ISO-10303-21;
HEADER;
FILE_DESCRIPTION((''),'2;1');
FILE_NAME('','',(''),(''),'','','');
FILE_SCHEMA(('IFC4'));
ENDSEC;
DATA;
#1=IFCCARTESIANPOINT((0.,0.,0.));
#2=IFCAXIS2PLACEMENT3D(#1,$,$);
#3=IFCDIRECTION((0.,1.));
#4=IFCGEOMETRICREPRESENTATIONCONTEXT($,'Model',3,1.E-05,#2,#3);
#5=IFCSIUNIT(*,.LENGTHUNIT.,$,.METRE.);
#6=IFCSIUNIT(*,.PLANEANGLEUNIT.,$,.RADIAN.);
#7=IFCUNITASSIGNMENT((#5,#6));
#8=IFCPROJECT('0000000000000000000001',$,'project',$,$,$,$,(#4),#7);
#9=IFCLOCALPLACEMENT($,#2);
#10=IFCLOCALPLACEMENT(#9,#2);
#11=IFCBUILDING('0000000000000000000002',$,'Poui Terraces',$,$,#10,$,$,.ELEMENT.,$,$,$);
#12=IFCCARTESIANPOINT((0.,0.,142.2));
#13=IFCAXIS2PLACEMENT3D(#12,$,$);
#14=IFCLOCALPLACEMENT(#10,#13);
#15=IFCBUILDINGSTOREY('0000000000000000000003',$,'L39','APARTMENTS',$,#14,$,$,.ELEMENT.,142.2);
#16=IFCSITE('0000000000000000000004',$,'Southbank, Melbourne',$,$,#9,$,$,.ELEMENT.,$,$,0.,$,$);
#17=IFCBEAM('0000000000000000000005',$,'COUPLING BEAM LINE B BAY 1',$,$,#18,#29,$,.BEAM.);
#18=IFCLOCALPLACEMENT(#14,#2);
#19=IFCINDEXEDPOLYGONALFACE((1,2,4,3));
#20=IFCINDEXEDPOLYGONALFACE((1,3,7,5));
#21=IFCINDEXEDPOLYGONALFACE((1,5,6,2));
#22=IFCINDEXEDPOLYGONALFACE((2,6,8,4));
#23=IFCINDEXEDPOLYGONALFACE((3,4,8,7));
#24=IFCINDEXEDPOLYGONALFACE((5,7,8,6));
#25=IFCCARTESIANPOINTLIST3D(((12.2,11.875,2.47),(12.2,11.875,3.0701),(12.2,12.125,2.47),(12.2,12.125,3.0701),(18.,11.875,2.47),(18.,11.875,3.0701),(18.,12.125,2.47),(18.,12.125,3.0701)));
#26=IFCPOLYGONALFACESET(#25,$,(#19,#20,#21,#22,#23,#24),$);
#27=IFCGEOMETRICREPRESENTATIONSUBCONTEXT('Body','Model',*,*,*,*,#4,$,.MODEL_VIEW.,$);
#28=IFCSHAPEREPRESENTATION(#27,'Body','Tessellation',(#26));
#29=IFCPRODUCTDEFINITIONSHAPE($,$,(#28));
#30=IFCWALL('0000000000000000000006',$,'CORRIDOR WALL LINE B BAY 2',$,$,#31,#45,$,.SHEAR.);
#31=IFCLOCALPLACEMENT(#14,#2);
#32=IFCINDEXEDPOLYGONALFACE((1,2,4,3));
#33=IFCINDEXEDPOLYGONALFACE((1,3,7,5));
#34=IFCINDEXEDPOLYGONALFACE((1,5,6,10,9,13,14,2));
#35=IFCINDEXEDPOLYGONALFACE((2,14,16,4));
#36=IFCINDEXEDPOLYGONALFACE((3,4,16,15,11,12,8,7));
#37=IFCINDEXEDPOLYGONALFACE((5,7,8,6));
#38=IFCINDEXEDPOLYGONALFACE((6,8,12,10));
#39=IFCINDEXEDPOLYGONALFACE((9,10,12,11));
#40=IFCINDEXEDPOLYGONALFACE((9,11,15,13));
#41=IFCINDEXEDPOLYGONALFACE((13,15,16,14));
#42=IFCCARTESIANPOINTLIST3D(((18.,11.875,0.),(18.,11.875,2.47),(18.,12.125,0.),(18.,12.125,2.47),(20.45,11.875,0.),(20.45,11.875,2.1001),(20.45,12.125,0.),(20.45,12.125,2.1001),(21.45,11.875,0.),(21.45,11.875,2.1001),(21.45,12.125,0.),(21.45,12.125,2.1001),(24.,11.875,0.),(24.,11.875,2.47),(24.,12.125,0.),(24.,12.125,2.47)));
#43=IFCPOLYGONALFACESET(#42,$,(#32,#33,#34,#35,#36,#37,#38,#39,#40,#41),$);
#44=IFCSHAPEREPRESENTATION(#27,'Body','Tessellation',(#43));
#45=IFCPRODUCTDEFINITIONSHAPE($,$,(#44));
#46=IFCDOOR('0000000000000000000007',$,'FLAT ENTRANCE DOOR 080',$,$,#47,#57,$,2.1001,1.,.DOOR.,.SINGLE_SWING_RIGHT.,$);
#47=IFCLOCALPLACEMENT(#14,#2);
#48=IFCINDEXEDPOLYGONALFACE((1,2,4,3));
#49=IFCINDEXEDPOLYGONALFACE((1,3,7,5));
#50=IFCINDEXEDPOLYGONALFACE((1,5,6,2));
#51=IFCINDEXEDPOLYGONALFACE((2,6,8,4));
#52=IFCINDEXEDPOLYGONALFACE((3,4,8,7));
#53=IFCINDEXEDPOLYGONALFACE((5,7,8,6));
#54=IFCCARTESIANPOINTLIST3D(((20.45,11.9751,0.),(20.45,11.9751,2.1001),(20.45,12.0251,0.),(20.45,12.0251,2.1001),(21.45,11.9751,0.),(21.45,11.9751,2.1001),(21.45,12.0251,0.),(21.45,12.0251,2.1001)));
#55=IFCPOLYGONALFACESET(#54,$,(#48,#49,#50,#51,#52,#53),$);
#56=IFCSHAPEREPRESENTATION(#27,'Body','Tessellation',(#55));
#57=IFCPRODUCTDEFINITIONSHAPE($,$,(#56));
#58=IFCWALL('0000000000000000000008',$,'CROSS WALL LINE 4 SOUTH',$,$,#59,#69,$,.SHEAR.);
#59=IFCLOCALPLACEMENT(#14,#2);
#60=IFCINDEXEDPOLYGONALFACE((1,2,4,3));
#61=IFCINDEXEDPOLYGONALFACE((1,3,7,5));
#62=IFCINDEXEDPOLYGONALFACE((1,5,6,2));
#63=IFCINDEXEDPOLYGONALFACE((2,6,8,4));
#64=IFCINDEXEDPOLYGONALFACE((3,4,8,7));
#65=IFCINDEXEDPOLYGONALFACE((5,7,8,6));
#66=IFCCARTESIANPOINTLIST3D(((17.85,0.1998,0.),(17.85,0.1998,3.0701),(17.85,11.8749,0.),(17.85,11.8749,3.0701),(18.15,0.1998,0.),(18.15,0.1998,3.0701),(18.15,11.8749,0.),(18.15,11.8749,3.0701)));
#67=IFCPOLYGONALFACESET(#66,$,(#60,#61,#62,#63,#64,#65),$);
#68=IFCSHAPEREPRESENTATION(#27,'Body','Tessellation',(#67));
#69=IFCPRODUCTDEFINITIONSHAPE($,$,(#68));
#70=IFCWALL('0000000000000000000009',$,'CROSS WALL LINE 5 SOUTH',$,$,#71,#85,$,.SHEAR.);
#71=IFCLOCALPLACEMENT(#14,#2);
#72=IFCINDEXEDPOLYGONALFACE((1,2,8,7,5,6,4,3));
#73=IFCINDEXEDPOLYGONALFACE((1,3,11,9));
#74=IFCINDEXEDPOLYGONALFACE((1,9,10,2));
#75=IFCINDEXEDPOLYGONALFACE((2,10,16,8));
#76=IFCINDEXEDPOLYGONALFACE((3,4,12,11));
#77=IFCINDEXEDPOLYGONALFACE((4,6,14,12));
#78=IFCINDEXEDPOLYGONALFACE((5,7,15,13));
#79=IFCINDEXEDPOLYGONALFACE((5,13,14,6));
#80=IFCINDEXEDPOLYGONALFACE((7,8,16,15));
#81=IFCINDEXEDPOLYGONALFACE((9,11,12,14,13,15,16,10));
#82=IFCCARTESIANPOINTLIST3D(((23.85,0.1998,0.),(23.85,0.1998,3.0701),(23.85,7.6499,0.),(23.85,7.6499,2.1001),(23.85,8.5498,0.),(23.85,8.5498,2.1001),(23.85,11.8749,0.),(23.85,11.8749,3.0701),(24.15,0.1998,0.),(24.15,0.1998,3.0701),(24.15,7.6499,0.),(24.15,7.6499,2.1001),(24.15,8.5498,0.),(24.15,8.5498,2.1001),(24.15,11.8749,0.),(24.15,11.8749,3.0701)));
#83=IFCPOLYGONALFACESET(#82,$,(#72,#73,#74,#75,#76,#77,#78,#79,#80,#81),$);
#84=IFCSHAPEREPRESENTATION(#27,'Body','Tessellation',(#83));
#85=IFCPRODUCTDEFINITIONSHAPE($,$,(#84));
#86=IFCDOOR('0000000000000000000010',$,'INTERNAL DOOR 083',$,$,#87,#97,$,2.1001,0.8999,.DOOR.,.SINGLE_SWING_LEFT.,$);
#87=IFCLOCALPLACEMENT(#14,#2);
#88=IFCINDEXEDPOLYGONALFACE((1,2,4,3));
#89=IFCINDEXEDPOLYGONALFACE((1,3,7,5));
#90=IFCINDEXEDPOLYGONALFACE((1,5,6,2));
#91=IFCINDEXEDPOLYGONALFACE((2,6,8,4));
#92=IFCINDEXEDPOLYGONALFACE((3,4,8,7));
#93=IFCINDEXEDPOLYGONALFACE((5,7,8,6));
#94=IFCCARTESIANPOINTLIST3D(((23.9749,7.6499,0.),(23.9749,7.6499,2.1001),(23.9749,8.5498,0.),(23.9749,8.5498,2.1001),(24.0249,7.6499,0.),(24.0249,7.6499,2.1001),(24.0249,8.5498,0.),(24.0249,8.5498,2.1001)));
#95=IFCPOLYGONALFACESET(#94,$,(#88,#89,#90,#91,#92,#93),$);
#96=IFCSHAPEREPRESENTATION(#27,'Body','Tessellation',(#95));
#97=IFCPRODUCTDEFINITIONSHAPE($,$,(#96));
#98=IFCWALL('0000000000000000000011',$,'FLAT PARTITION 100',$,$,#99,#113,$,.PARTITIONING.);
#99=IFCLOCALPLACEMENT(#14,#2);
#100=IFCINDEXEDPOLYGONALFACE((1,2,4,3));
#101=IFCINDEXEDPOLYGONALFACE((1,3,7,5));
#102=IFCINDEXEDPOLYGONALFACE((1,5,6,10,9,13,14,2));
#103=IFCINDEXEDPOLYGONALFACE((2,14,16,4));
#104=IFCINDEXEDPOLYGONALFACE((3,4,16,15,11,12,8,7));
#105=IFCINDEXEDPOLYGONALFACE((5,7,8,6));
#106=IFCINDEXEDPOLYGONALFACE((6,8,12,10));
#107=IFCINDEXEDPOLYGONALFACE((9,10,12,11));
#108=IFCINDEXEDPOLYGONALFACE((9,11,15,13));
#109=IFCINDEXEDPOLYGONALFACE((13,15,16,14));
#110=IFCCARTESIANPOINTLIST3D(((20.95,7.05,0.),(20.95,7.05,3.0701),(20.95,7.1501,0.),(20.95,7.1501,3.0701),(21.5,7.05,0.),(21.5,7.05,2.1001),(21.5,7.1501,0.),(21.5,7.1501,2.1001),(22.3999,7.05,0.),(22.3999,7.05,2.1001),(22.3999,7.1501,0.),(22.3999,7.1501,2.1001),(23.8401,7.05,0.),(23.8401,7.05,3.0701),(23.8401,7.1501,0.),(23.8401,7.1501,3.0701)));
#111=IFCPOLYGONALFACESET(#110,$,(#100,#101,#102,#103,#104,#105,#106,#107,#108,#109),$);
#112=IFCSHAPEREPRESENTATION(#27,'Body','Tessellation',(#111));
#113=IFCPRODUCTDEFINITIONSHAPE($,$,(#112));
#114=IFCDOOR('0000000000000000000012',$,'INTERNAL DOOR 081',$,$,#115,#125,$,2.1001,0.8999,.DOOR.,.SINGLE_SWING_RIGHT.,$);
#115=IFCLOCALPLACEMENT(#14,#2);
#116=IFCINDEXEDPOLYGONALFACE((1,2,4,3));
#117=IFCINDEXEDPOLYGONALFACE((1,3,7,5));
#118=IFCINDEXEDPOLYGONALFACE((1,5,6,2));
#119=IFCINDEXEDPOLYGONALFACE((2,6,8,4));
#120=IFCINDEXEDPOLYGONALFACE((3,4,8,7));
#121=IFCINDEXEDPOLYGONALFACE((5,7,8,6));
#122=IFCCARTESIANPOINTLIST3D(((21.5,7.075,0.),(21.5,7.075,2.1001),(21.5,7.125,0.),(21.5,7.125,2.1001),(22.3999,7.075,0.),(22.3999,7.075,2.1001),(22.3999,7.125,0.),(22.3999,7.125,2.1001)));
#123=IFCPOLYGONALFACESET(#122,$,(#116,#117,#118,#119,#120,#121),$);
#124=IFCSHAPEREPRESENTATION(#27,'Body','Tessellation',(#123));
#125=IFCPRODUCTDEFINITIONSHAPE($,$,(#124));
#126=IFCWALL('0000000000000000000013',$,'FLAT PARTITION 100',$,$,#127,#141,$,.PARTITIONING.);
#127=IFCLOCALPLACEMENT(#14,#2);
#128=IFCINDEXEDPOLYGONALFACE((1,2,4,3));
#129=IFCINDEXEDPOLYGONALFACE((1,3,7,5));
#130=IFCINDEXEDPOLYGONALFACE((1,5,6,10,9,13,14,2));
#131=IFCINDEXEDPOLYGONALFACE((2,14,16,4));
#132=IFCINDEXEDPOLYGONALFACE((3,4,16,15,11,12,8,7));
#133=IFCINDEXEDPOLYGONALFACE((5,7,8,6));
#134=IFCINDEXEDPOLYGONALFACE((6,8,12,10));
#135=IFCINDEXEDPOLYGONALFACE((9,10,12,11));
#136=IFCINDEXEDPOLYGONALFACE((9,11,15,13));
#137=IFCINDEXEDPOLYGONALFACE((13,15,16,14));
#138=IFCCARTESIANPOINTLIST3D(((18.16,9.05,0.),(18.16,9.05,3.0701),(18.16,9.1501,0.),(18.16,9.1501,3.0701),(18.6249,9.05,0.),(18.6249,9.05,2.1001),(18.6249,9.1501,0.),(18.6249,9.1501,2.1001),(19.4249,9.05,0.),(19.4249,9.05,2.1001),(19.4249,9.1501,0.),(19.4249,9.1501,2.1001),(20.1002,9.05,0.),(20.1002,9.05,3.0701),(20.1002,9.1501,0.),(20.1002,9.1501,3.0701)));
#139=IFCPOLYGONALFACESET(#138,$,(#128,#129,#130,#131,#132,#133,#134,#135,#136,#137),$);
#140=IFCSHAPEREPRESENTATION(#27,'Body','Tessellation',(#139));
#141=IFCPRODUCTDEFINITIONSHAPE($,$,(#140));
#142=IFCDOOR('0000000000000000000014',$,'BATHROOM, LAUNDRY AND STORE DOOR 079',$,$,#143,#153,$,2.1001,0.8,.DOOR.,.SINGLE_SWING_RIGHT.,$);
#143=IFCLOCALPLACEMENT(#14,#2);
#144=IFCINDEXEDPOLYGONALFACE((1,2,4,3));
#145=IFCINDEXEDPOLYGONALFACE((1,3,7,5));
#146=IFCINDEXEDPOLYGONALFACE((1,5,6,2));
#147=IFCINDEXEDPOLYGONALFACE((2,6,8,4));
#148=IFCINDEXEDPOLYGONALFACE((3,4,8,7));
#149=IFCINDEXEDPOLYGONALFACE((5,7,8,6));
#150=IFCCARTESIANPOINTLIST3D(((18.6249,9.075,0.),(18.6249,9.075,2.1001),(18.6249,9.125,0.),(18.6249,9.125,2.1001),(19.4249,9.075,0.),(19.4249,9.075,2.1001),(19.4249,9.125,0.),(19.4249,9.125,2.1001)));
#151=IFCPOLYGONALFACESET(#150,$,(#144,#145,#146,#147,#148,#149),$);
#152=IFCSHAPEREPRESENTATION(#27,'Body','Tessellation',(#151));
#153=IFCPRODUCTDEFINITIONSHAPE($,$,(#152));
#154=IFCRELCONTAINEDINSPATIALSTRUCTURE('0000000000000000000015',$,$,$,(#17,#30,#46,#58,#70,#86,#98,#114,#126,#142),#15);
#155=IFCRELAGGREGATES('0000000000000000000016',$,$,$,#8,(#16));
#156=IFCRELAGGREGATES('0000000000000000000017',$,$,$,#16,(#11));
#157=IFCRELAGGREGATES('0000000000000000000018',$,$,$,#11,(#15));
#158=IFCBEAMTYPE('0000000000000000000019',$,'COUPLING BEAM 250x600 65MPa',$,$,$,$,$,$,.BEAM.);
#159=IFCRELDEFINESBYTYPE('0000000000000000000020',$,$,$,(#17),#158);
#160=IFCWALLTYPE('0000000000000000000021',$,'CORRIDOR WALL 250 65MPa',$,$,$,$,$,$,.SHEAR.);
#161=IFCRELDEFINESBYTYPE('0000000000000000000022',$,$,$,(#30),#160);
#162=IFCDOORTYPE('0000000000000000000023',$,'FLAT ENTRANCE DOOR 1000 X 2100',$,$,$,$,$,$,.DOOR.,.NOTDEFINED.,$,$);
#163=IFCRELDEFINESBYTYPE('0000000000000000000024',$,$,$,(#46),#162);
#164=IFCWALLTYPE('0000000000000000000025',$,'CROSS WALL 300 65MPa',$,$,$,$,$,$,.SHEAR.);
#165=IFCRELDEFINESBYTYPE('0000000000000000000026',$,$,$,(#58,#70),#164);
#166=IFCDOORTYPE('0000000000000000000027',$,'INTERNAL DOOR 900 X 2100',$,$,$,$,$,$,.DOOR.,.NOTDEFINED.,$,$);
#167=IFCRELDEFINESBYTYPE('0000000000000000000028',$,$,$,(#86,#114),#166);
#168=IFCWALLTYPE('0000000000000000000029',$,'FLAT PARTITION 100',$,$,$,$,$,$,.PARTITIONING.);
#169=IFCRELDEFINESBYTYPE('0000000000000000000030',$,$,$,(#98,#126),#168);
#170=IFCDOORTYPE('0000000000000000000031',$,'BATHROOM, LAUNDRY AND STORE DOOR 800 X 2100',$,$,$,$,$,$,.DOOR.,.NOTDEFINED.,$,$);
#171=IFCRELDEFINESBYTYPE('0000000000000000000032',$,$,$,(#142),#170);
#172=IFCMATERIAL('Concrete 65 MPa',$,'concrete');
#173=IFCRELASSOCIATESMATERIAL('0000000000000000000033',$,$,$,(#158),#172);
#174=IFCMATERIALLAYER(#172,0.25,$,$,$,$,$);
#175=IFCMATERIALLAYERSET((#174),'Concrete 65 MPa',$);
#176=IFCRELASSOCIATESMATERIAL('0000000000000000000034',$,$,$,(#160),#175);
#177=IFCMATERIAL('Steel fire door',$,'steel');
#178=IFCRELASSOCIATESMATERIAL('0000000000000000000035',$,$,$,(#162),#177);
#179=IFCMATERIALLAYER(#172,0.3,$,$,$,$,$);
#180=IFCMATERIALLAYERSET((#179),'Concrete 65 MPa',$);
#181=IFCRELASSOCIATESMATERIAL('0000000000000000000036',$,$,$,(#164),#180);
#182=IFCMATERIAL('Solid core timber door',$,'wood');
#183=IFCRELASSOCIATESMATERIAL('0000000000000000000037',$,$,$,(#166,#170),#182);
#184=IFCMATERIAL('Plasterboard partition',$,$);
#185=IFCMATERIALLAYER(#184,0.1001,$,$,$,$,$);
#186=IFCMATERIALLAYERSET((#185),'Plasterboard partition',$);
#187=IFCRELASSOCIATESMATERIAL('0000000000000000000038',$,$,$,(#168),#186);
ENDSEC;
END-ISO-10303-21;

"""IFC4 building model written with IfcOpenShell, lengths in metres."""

from ifc_helpers import new_model, si_unit, direction, frame, frame_2d, origin, origin_2d, place, context, subcontext, project, spatial, rectangle, extrude, source, transform, mapped, material, layer, layer_set, material_profile, profile_set, type_object, element, fill, save


model = new_model("IFC4")

# Units and contexts
model_context = context("Model", 3, precision=1e-05, world=origin(), true_north=direction((0.0, 1.0)))
body_context = subcontext(model_context, "Body", "Model", "MODEL_VIEW")
ifc_project = project(units=[si_unit("LENGTHUNIT", "METRE"), si_unit("PLANEANGLEUNIT", "RADIAN")], contexts=[model_context])

# Site, building, storey
site_placement = place(None, origin())
site = spatial("IfcSite", under=ifc_project, at=site_placement, Name="Southbank, Melbourne", CompositionType="ELEMENT", RefElevation=0.0)
building_placement = place(site_placement, origin())
building = spatial("IfcBuilding", under=site, at=building_placement, Name="Poui Terraces", CompositionType="ELEMENT")
storey_placement = place(building_placement, frame((0.0, 0.0, 142.2)))
storey = spatial("IfcBuildingStorey", under=building, at=storey_placement, Name="L39", Description="APARTMENTS", CompositionType="ELEMENT", Elevation=142.2)

# Beam
ifc_material_1 = material(Name="Concrete 65 MPa", Category="concrete")
ifc_material_profile = material_profile(ifc_material_1, rectangle(XDim=0.25, YDim=0.6001, at=origin_2d()), Name="RC 250x600")
ifc_profile_set = profile_set([ifc_material_profile], Name="Concrete 65 MPa")
beam_type = type_object("IfcBeamType", Name="COUPLING BEAM 250x600 65MPa", PredefinedType="BEAM", material=ifc_profile_set)
shared_shape = source(origin(), body_context, "Body", "SweptSolid", [
    extrude(rectangle(XDim=0.25, YDim=0.6001, at=origin_2d()), origin(), (0.0, 0.0, 1.0), 5.8),
])
beam_placement = place(storey_placement, frame((12.2, 12.0, 2.77), z_axis=(1.0, 0.0, 0.0), x_axis=(0.0, 1.0, 0.0)))
element("IfcBeam", 1, at=beam_placement, inside=storey, type_object=beam_type, Name="COUPLING BEAM LINE B BAY 1", PredefinedType="BEAM", context=body_context, shape_type="MappedRepresentation", body=[
    mapped(shared_shape, transform((0.0, 0.0, 0.0))),
])

# Wall, opening, door
ifc_layer_1 = layer(ifc_material_1, 0.25)
ifc_layer_set_1 = layer_set([ifc_layer_1], Name="Concrete 65 MPa")
wall_type_1 = type_object("IfcWallType", Name="CORRIDOR WALL 250 65MPa", PredefinedType="SHEAR", material=ifc_layer_set_1)
wall_1_placement = place(storey_placement, frame((18.0, 12.0, 0.0), z_axis=(0.0, 0.0, 1.0), x_axis=(1.0, 0.0, 0.0)))
wall_1 = element("IfcWall", 2, at=wall_1_placement, inside=storey, type_object=wall_type_1, Name="CORRIDOR WALL LINE B BAY 2", PredefinedType="SHEAR", context=body_context, shape_type="SweptSolid", body=[
    extrude(rectangle(XDim=6.0, YDim=0.25, at=frame_2d((3.0, 0.0))), origin(), (0.0, 0.0, 1.0), 2.47),
])
opening_1_placement = place(wall_1_placement, frame((2.45, 0.0, 0.0)))
opening_1 = element("IfcOpeningElement", 3, at=opening_1_placement, cuts=wall_1, PredefinedType="OPENING", context=body_context, shape_type="SweptSolid", body=[
    extrude(rectangle(XDim=1.0, YDim=2.1001, at=frame_2d((0.5, 1.05))), frame((0.0, 0.135, 0.0), z_axis=(0.0, -1.0, 0.0), x_axis=(1.0, 0.0, 0.0)), (0.0, 0.0, 1.0), 0.27),
])
ifc_material_2 = material(Name="Steel fire door", Category="steel")
door_type_1 = type_object("IfcDoorType", Name="FLAT ENTRANCE DOOR 1000 X 2100", OperationType="NOTDEFINED", PredefinedType="DOOR", material=ifc_material_2)
door_1_placement = place(opening_1_placement, frame((1.0, 0.0, 0.0), z_axis=(0.0, 0.0, 1.0), x_axis=(-1.0, 0.0, 0.0)))
door_1 = element("IfcDoor", 4, at=door_1_placement, inside=storey, type_object=door_type_1, Name="FLAT ENTRANCE DOOR 080", OperationType="SINGLE_SWING_RIGHT", OverallHeight=2.1001, OverallWidth=1.0, PredefinedType="DOOR", context=body_context, shape_type="SweptSolid", body=[
    extrude(rectangle(XDim=1.0, YDim=2.1001, at=frame_2d((0.5, 1.05))), frame((0.0, 0.0249, 0.0), z_axis=(0.0, -1.0, 0.0), x_axis=(1.0, 0.0, 0.0)), (0.0, 0.0, 1.0), 0.05),
])
fill(opening_1, door_1)

# Wall
ifc_layer_2 = layer(ifc_material_1, 0.3)
ifc_layer_set_2 = layer_set([ifc_layer_2], Name="Concrete 65 MPa")
wall_type_2 = type_object("IfcWallType", Name="CROSS WALL 300 65MPa", PredefinedType="SHEAR", material=ifc_layer_set_2)
wall_2_placement = place(storey_placement, frame((18.0, 0.2, 0.0), z_axis=(0.0, 0.0, 1.0), x_axis=(0.0, 1.0, 0.0)))
element("IfcWall", 5, at=wall_2_placement, inside=storey, type_object=wall_type_2, Name="CROSS WALL LINE 4 SOUTH", PredefinedType="SHEAR", context=body_context, shape_type="SweptSolid", body=[
    extrude(rectangle(XDim=11.675, YDim=0.3, at=frame_2d((5.8374, 0.0))), origin(), (0.0, 0.0, 1.0), 3.0701),
])

# Walls, openings, doors
wall_3_placement = place(storey_placement, frame((24.0, 0.2, 0.0), z_axis=(0.0, 0.0, 1.0), x_axis=(0.0, 1.0, 0.0)))
wall_3 = element("IfcWall", 6, at=wall_3_placement, inside=storey, type_object=wall_type_2, Name="CROSS WALL LINE 5 SOUTH", PredefinedType="SHEAR", context=body_context, shape_type="SweptSolid", body=[
    extrude(rectangle(XDim=11.675, YDim=0.3, at=frame_2d((5.8374, 0.0))), origin(), (0.0, 0.0, 1.0), 3.0701),
])
opening_2_placement = place(wall_3_placement, frame((7.45, 0.0, 0.0)))
opening_2 = element("IfcOpeningElement", 7, at=opening_2_placement, cuts=wall_3, PredefinedType="OPENING", context=body_context, shape_type="SweptSolid", body=[
    extrude(rectangle(XDim=0.8999, YDim=2.1001, at=frame_2d((0.45, 1.05))), frame((0.0, 0.1602, 0.0), z_axis=(0.0, -1.0, 0.0), x_axis=(1.0, 0.0, 0.0)), (0.0, 0.0, 1.0), 0.3201),
])
ifc_material_3 = material(Name="Solid core timber door", Category="wood")
door_type_2 = type_object("IfcDoorType", Name="INTERNAL DOOR 900 X 2100", OperationType="NOTDEFINED", PredefinedType="DOOR", material=ifc_material_3)
door_2_placement = place(opening_2_placement, frame((0.8999, 0.0, 0.0), z_axis=(0.0, 0.0, 1.0), x_axis=(-1.0, 0.0, 0.0)))
door_2 = element("IfcDoor", 8, at=door_2_placement, inside=storey, type_object=door_type_2, Name="INTERNAL DOOR 083", OperationType="SINGLE_SWING_LEFT", OverallHeight=2.1001, OverallWidth=0.8999, PredefinedType="DOOR", context=body_context, shape_type="SweptSolid", body=[
    extrude(rectangle(XDim=0.8999, YDim=2.1001, at=frame_2d((0.45, 1.05))), frame((0.0, 0.0249, 0.0), z_axis=(0.0, -1.0, 0.0), x_axis=(1.0, 0.0, 0.0)), (0.0, 0.0, 1.0), 0.05),
])
fill(opening_2, door_2)
ifc_material_4 = material(Name="Plasterboard partition")
ifc_layer_3 = layer(ifc_material_4, 0.1001)
ifc_layer_set_3 = layer_set([ifc_layer_3], Name="Plasterboard partition")
wall_type_3 = type_object("IfcWallType", Name="FLAT PARTITION 100", PredefinedType="PARTITIONING", material=ifc_layer_set_3)
wall_4_placement = place(storey_placement, frame((20.95, 7.1001, 0.0), z_axis=(0.0, 0.0, 1.0), x_axis=(1.0, 0.0, 0.0)))
wall_4 = element("IfcWall", 9, at=wall_4_placement, inside=storey, type_object=wall_type_3, Name="FLAT PARTITION 100", PredefinedType="PARTITIONING", context=body_context, shape_type="SweptSolid", body=[
    extrude(rectangle(XDim=2.8901, YDim=0.1001, at=frame_2d((1.4451, 0.0))), origin(), (0.0, 0.0, 1.0), 3.0701),
])
opening_3_placement = place(wall_4_placement, frame((0.55, 0.0, 0.0)))
opening_3 = element("IfcOpeningElement", 10, at=opening_3_placement, cuts=wall_4, PredefinedType="OPENING", context=body_context, shape_type="SweptSolid", body=[
    extrude(rectangle(XDim=0.8999, YDim=2.1001, at=frame_2d((0.45, 1.05))), frame((0.0, 0.0601, 0.0), z_axis=(0.0, -1.0, 0.0), x_axis=(1.0, 0.0, 0.0)), (0.0, 0.0, 1.0), 0.1201),
])
door_3_placement = place(opening_3_placement, origin())
door_3 = element("IfcDoor", 11, at=door_3_placement, inside=storey, type_object=door_type_2, Name="INTERNAL DOOR 081", OperationType="SINGLE_SWING_RIGHT", OverallHeight=2.1001, OverallWidth=0.8999, PredefinedType="DOOR", context=body_context, shape_type="SweptSolid", body=[
    extrude(rectangle(XDim=0.8999, YDim=2.1001, at=frame_2d((0.45, 1.05))), frame((0.0, 0.0249, 0.0), z_axis=(0.0, -1.0, 0.0), x_axis=(1.0, 0.0, 0.0)), (0.0, 0.0, 1.0), 0.05),
])
fill(opening_3, door_3)
wall_5_placement = place(storey_placement, frame((18.1599, 9.1001, 0.0), z_axis=(0.0, 0.0, 1.0), x_axis=(1.0, 0.0, 0.0)))
wall_5 = element("IfcWall", 12, at=wall_5_placement, inside=storey, type_object=wall_type_3, Name="FLAT PARTITION 100", PredefinedType="PARTITIONING", context=body_context, shape_type="SweptSolid", body=[
    extrude(rectangle(XDim=1.9402, YDim=0.1001, at=frame_2d((0.9702, 0.0))), origin(), (0.0, 0.0, 1.0), 3.0701),
])
opening_4_placement = place(wall_5_placement, frame((0.4651, 0.0, 0.0)))
opening_4 = element("IfcOpeningElement", 13, at=opening_4_placement, cuts=wall_5, PredefinedType="OPENING", context=body_context, shape_type="SweptSolid", body=[
    extrude(rectangle(XDim=0.8, YDim=2.1001, at=frame_2d((0.3999, 1.05))), frame((0.0, 0.0601, 0.0), z_axis=(0.0, -1.0, 0.0), x_axis=(1.0, 0.0, 0.0)), (0.0, 0.0, 1.0), 0.1201),
])
door_type_3 = type_object("IfcDoorType", Name="BATHROOM, LAUNDRY AND STORE DOOR 800 X 2100", OperationType="NOTDEFINED", PredefinedType="DOOR", material=ifc_material_3)
door_4_placement = place(opening_4_placement, origin())
door_4 = element("IfcDoor", 14, at=door_4_placement, inside=storey, type_object=door_type_3, Name="BATHROOM, LAUNDRY AND STORE DOOR 079", OperationType="SINGLE_SWING_RIGHT", OverallHeight=2.1001, OverallWidth=0.8, PredefinedType="DOOR", context=body_context, shape_type="SweptSolid", body=[
    extrude(rectangle(XDim=0.8, YDim=2.1001, at=frame_2d((0.3999, 1.05))), frame((0.0, 0.0249, 0.0), z_axis=(0.0, -1.0, 0.0), x_axis=(1.0, 0.0, 0.0)), (0.0, 0.0, 1.0), 0.05),
])
fill(opening_4, door_4)

save(model, "model.ifc")
